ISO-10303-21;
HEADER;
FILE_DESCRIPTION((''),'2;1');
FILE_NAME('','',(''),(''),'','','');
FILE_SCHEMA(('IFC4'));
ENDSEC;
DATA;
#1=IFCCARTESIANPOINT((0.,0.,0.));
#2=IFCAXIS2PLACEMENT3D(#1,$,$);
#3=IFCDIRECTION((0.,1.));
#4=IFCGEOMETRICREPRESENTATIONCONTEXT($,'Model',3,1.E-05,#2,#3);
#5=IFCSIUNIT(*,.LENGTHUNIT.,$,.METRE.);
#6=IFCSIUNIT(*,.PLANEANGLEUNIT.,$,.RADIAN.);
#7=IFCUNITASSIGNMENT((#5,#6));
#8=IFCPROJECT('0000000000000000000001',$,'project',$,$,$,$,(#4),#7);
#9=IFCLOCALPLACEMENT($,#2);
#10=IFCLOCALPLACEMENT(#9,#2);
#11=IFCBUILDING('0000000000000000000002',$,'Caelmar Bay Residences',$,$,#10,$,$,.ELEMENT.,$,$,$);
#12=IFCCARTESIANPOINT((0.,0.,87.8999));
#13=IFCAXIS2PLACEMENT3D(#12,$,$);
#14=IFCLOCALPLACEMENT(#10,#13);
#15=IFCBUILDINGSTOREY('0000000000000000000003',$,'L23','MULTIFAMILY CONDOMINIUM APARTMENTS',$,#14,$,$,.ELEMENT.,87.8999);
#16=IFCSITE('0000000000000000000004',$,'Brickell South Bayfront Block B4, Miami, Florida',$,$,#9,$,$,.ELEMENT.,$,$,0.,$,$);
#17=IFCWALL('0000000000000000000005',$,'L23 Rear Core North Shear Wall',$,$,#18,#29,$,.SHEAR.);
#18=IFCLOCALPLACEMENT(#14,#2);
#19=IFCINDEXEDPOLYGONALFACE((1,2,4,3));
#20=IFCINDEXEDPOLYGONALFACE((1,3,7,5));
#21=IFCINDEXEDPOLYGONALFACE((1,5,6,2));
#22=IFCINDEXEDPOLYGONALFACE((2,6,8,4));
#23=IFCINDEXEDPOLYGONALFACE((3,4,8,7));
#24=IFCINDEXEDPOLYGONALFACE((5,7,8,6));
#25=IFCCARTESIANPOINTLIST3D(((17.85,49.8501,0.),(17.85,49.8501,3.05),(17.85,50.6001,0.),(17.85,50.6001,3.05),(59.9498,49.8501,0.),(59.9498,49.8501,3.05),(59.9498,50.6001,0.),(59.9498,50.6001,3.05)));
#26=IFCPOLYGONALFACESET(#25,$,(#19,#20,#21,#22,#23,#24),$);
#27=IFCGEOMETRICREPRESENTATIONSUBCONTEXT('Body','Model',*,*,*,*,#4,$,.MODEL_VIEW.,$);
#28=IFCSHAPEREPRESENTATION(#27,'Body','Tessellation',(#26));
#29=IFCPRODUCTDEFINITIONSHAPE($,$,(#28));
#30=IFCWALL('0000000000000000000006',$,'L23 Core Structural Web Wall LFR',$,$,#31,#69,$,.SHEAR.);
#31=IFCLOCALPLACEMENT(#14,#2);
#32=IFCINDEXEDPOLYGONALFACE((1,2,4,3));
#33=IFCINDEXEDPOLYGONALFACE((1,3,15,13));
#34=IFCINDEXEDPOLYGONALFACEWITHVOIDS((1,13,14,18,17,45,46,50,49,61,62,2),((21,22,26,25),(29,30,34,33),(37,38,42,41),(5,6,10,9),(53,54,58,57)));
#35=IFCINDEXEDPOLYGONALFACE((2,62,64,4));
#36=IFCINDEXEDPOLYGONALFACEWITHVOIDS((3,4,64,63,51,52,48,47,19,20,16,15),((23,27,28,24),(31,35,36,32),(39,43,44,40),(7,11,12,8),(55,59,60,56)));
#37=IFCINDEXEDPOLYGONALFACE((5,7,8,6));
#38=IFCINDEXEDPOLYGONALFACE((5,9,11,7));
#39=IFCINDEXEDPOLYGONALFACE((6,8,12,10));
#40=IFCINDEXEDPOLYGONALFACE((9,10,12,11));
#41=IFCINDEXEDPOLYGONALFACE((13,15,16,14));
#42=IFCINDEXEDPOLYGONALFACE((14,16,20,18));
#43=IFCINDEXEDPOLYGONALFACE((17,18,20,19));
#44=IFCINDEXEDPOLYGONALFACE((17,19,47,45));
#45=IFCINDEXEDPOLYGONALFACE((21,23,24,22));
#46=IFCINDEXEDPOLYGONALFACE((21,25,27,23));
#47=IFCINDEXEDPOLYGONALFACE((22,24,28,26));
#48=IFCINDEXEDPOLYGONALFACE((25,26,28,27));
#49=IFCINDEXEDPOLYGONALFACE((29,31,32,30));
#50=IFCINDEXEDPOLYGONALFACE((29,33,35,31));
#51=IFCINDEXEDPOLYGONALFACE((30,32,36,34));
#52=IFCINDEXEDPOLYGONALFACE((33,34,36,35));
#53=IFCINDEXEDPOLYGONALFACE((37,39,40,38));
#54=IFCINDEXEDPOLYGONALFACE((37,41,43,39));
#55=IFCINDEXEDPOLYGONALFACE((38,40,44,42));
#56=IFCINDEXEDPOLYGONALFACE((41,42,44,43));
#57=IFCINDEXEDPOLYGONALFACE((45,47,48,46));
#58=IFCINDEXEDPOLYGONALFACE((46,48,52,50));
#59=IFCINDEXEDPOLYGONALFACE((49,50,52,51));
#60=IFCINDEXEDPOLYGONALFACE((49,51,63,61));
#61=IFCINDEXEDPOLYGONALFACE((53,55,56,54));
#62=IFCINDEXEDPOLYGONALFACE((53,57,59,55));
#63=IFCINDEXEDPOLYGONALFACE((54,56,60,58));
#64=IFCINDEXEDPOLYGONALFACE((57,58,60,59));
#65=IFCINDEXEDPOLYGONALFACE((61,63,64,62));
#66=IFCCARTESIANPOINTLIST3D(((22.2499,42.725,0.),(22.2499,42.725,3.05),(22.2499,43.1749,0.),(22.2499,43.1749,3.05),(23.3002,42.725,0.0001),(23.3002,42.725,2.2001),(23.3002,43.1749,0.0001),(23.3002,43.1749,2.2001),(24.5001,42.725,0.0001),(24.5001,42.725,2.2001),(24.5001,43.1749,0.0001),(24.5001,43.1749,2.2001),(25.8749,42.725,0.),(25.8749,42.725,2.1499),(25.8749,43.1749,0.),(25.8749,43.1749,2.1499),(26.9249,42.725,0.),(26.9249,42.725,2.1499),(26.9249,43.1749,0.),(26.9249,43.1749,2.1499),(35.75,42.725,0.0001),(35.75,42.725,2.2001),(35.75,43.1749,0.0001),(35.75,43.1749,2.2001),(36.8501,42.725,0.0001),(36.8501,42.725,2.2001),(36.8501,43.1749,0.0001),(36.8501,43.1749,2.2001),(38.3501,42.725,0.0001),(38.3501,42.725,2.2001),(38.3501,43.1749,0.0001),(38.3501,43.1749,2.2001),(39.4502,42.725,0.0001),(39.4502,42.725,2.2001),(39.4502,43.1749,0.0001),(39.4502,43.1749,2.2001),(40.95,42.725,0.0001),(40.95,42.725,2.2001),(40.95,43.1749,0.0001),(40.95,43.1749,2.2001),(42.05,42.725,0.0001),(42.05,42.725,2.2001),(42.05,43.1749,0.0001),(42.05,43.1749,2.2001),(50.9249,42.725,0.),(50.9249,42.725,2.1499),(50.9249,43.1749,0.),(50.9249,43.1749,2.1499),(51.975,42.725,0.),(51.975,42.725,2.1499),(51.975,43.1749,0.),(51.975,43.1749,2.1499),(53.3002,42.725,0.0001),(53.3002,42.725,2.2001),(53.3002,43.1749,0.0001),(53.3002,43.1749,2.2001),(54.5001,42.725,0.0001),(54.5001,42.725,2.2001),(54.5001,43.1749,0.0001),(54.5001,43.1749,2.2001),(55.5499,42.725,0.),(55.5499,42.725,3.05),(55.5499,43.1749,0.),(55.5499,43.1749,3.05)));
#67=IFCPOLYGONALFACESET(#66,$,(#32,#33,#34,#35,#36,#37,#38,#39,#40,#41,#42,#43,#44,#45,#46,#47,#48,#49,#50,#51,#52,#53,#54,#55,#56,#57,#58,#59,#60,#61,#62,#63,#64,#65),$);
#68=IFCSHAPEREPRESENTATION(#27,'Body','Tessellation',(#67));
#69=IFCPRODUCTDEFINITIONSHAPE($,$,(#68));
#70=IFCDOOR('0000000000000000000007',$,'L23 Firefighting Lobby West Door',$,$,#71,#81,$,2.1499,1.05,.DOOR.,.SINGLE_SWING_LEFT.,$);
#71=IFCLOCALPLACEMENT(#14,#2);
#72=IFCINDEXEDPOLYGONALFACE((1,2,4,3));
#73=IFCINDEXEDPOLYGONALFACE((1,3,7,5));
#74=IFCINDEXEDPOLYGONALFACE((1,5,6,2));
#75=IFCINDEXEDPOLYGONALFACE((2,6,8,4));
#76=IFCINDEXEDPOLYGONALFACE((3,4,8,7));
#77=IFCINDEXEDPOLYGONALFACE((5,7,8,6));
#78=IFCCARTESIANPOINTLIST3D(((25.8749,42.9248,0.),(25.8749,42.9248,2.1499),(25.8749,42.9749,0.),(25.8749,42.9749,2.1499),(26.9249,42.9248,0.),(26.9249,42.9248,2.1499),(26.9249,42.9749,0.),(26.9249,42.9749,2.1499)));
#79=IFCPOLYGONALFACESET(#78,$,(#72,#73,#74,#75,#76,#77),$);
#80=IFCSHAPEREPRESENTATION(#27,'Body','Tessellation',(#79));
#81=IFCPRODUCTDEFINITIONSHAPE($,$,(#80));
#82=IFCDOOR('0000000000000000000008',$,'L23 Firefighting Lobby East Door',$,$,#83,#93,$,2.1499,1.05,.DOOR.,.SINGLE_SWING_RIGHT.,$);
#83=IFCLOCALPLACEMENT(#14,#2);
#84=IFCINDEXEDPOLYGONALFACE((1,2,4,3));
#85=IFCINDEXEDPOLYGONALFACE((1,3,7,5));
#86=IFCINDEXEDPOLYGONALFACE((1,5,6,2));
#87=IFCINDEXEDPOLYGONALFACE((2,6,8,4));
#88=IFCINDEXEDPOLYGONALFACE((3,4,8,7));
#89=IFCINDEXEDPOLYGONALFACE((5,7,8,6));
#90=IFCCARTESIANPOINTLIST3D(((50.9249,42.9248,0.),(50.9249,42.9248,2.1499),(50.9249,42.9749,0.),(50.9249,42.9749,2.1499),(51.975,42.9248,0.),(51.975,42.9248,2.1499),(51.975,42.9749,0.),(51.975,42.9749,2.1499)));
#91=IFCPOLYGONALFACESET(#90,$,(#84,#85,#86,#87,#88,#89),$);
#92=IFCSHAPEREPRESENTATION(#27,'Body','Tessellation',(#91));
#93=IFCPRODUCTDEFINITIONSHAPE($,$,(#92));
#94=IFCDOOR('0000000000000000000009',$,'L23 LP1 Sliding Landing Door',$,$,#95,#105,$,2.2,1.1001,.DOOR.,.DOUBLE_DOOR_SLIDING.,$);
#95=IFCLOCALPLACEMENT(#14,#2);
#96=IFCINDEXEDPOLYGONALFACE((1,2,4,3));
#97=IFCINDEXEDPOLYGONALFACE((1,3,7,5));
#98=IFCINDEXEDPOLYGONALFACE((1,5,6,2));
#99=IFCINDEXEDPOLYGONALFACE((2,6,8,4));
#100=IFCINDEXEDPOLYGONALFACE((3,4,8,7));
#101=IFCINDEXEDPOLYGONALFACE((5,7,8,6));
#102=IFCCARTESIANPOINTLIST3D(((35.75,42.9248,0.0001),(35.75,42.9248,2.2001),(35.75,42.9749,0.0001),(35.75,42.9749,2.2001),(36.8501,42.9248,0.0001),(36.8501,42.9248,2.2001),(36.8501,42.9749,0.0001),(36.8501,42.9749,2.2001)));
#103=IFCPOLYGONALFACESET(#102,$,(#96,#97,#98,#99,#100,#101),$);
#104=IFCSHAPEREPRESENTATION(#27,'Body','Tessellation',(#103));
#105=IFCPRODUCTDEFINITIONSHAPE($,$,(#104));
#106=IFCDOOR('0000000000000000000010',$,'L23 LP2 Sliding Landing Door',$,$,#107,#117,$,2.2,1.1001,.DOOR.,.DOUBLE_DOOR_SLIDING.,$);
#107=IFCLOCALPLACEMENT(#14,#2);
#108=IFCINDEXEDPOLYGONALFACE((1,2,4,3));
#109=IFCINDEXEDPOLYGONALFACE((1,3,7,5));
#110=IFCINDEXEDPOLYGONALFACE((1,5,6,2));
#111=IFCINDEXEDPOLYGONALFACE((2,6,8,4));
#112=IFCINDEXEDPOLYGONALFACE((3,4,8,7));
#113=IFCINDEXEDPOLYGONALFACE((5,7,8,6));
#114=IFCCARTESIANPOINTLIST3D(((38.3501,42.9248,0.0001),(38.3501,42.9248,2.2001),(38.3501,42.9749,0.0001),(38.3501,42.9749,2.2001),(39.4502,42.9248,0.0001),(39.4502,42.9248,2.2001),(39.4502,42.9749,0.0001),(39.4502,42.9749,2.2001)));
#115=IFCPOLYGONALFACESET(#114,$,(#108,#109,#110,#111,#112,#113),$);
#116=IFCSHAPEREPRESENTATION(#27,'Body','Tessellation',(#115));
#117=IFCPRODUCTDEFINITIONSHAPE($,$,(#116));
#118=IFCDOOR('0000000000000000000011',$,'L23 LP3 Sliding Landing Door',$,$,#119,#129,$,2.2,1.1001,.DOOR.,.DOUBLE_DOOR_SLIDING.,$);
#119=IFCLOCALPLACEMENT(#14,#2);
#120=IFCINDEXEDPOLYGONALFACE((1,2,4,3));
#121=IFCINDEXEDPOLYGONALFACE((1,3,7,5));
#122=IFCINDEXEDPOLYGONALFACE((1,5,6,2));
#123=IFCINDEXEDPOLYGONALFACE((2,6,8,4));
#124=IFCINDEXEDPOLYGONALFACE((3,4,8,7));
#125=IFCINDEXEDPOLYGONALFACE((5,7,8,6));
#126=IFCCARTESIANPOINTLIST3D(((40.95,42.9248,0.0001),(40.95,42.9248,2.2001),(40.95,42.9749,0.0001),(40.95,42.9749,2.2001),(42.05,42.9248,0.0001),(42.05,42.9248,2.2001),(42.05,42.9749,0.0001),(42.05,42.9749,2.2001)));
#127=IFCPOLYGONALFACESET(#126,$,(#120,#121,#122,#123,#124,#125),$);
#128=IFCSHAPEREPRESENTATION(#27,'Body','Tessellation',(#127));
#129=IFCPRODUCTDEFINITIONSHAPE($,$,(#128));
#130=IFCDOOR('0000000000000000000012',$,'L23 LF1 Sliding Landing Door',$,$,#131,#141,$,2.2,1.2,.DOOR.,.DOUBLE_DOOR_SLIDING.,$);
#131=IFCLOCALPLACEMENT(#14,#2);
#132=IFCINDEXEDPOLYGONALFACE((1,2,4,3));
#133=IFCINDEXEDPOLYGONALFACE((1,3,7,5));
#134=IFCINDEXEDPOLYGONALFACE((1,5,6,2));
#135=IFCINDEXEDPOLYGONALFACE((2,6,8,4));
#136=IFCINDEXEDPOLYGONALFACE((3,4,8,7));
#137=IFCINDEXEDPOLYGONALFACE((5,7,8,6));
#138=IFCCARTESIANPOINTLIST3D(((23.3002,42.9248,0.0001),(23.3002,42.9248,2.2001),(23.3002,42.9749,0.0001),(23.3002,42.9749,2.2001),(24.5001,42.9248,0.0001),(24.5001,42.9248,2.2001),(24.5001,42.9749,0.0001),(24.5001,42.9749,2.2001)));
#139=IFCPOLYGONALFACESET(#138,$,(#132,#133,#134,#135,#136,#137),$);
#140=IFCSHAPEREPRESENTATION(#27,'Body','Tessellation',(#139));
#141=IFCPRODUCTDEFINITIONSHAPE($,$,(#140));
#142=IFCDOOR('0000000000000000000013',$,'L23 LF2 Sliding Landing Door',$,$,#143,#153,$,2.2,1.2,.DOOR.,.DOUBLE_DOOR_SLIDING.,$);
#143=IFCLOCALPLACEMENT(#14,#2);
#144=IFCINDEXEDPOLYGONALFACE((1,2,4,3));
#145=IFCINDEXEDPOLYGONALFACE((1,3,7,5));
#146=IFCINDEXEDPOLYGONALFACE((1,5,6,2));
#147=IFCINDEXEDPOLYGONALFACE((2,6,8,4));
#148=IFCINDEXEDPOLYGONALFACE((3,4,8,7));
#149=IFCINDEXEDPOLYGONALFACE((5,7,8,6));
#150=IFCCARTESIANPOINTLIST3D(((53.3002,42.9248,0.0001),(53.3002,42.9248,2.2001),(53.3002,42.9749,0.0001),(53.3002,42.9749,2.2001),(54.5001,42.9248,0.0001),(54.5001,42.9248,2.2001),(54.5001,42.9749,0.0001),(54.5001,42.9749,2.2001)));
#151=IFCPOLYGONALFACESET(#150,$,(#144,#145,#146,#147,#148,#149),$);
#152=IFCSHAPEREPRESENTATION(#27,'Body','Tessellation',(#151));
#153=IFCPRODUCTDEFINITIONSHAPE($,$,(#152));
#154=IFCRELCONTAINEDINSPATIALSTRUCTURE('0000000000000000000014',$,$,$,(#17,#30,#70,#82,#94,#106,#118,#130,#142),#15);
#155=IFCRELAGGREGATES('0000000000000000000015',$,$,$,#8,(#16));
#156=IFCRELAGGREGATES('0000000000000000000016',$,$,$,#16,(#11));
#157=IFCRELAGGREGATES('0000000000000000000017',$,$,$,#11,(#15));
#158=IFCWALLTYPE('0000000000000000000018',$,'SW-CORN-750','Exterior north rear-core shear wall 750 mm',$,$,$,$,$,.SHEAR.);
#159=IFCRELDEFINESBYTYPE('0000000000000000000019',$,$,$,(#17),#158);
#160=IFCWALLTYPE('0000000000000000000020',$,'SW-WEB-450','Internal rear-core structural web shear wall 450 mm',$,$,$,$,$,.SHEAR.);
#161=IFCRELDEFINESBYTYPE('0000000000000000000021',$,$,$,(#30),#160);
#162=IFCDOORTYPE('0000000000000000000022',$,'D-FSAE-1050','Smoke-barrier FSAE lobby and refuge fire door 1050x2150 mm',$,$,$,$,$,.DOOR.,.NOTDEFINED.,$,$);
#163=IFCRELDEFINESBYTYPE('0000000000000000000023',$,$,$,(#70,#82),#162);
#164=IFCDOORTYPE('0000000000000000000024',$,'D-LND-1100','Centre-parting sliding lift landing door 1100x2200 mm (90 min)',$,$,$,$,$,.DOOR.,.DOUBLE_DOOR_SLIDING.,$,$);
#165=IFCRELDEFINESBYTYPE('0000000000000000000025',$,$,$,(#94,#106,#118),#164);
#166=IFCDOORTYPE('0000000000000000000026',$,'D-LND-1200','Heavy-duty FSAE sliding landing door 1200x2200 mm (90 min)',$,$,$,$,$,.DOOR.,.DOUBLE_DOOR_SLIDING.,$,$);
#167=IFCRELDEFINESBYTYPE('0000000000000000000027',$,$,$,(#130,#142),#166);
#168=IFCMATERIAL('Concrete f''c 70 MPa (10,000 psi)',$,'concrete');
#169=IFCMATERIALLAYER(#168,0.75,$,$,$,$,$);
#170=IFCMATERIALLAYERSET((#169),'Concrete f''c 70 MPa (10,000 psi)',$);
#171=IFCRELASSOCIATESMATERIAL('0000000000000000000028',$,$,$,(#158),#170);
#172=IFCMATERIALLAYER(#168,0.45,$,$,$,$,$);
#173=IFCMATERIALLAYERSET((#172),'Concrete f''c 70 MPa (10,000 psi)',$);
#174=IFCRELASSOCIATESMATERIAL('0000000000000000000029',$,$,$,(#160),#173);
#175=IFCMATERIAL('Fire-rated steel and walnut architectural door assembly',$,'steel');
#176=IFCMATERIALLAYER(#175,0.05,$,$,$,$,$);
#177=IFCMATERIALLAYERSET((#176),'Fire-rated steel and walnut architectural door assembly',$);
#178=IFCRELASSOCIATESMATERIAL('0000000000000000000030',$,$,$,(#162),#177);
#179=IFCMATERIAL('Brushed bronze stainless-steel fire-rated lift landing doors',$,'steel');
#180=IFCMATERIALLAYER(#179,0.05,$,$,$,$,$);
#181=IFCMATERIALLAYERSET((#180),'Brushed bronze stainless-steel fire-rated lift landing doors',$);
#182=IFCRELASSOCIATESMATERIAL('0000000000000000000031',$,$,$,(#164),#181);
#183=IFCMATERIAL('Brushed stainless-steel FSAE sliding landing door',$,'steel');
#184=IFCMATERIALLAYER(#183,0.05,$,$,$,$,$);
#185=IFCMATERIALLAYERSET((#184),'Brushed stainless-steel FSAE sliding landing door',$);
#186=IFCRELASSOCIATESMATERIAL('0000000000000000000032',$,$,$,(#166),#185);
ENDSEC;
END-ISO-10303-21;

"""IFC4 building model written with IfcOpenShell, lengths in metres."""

from ifc_helpers import new_model, si_unit, direction, frame, frame_2d, origin, place, context, subcontext, project, spatial, rectangle, extrude, material, layer, layer_set, type_object, element, fill, save


model = new_model("IFC4")

# Units and contexts
model_context = context("Model", 3, precision=1e-05, world=origin(), true_north=direction((0.0, 1.0)))
body_context = subcontext(model_context, "Body", "Model", "MODEL_VIEW")
ifc_project = project(units=[si_unit("LENGTHUNIT", "METRE"), si_unit("PLANEANGLEUNIT", "RADIAN")], contexts=[model_context])

# Site, building, storey
site_placement = place(None, origin())
site = spatial("IfcSite", under=ifc_project, at=site_placement, Name="Brickell South Bayfront Block B4, Miami, Florida", CompositionType="ELEMENT", RefElevation=0.0)
building_placement = place(site_placement, origin())
building = spatial("IfcBuilding", under=site, at=building_placement, Name="Caelmar Bay Residences", CompositionType="ELEMENT")
storey_placement = place(building_placement, frame((0.0, 0.0, 87.8999)))
storey = spatial("IfcBuildingStorey", under=building, at=storey_placement, Name="L23", Description="MULTIFAMILY CONDOMINIUM APARTMENTS", CompositionType="ELEMENT", Elevation=87.8999)

# Wall
ifc_material_1 = material(Name="Concrete f'c 70 MPa (10,000 psi)", Category="concrete")
ifc_layer_1 = layer(ifc_material_1, 0.75)
ifc_layer_set_1 = layer_set([ifc_layer_1], Name="Concrete f'c 70 MPa (10,000 psi)")
wall_type_1 = type_object("IfcWallType", Name="SW-CORN-750", Description="Exterior north rear-core shear wall 750 mm", PredefinedType="SHEAR", material=ifc_layer_set_1)
wall_1_placement = place(storey_placement, frame((17.8501, 50.2251, 0.0), z_axis=(0.0, 0.0, 1.0), x_axis=(1.0, 0.0, 0.0)))
element("IfcWall", 1, at=wall_1_placement, inside=storey, type_object=wall_type_1, Name="L23 Rear Core North Shear Wall", PredefinedType="SHEAR", context=body_context, shape_type="SweptSolid", body=[
    extrude(rectangle(XDim=42.0999, YDim=0.75, at=frame_2d((21.0498, 0.0))), origin(), (0.0, 0.0, 1.0), 3.05),
])

# Wall, openings, doors
ifc_layer_2 = layer(ifc_material_1, 0.45)
ifc_layer_set_2 = layer_set([ifc_layer_2], Name="Concrete f'c 70 MPa (10,000 psi)")
wall_type_2 = type_object("IfcWallType", Name="SW-WEB-450", Description="Internal rear-core structural web shear wall 450 mm", PredefinedType="SHEAR", material=ifc_layer_set_2)
wall_2_placement = place(storey_placement, frame((22.25, 42.95, 0.0), z_axis=(0.0, 0.0, 1.0), x_axis=(1.0, 0.0, 0.0)))
wall_2 = element("IfcWall", 2, at=wall_2_placement, inside=storey, type_object=wall_type_2, Name="L23 Core Structural Web Wall LFR", PredefinedType="SHEAR", context=body_context, shape_type="SweptSolid", body=[
    extrude(rectangle(XDim=33.3, YDim=0.45, at=frame_2d((16.6499, 0.0))), origin(), (0.0, 0.0, 1.0), 3.05),
])
opening_1_placement = place(wall_2_placement, frame((1.05, 0.0, 0.0)))
opening_1 = element("IfcOpeningElement", 3, at=opening_1_placement, cuts=wall_2, PredefinedType="OPENING", context=body_context, shape_type="SweptSolid", body=[
    extrude(rectangle(XDim=1.2, YDim=2.2, at=frame_2d((0.6001, 1.1001))), frame((0.0, 0.2349, 0.0), z_axis=(0.0, -1.0, 0.0), x_axis=(1.0, 0.0, 0.0)), (0.0, 0.0, 1.0), 0.47),
])
opening_2_placement = place(wall_2_placement, frame((31.05, 0.0, 0.0)))
opening_2 = element("IfcOpeningElement", 4, at=opening_2_placement, cuts=wall_2, PredefinedType="OPENING", context=body_context, shape_type="SweptSolid", body=[
    extrude(rectangle(XDim=1.2, YDim=2.2, at=frame_2d((0.6001, 1.1001))), frame((0.0, 0.2349, 0.0), z_axis=(0.0, -1.0, 0.0), x_axis=(1.0, 0.0, 0.0)), (0.0, 0.0, 1.0), 0.47),
])
opening_3_placement = place(wall_2_placement, frame((13.5, 0.0, 0.0)))
opening_3 = element("IfcOpeningElement", 5, at=opening_3_placement, cuts=wall_2, PredefinedType="OPENING", context=body_context, shape_type="SweptSolid", body=[
    extrude(rectangle(XDim=1.1001, YDim=2.2, at=frame_2d((0.55, 1.1001))), frame((0.0, 0.2349, 0.0), z_axis=(0.0, -1.0, 0.0), x_axis=(1.0, 0.0, 0.0)), (0.0, 0.0, 1.0), 0.47),
])
opening_4_placement = place(wall_2_placement, frame((16.1001, 0.0, 0.0)))
opening_4 = element("IfcOpeningElement", 6, at=opening_4_placement, cuts=wall_2, PredefinedType="OPENING", context=body_context, shape_type="SweptSolid", body=[
    extrude(rectangle(XDim=1.1001, YDim=2.2, at=frame_2d((0.55, 1.1001))), frame((0.0, 0.2349, 0.0), z_axis=(0.0, -1.0, 0.0), x_axis=(1.0, 0.0, 0.0)), (0.0, 0.0, 1.0), 0.47),
])
opening_5_placement = place(wall_2_placement, frame((18.7, 0.0, 0.0)))
opening_5 = element("IfcOpeningElement", 7, at=opening_5_placement, cuts=wall_2, PredefinedType="OPENING", context=body_context, shape_type="SweptSolid", body=[
    extrude(rectangle(XDim=1.1001, YDim=2.2, at=frame_2d((0.55, 1.1001))), frame((0.0, 0.2349, 0.0), z_axis=(0.0, -1.0, 0.0), x_axis=(1.0, 0.0, 0.0)), (0.0, 0.0, 1.0), 0.47),
])
opening_6_placement = place(wall_2_placement, frame((3.625, 0.0, 0.0)))
opening_6 = element("IfcOpeningElement", 8, at=opening_6_placement, cuts=wall_2, PredefinedType="OPENING", context=body_context, shape_type="SweptSolid", body=[
    extrude(rectangle(XDim=1.05, YDim=2.1499, at=frame_2d((0.5249, 1.075))), frame((0.0, 0.2349, 0.0), z_axis=(0.0, -1.0, 0.0), x_axis=(1.0, 0.0, 0.0)), (0.0, 0.0, 1.0), 0.47),
])
opening_7_placement = place(wall_2_placement, frame((28.675, 0.0, 0.0)))
opening_7 = element("IfcOpeningElement", 9, at=opening_7_placement, cuts=wall_2, PredefinedType="OPENING", context=body_context, shape_type="SweptSolid", body=[
    extrude(rectangle(XDim=1.05, YDim=2.1499, at=frame_2d((0.5249, 1.075))), frame((0.0, 0.2349, 0.0), z_axis=(0.0, -1.0, 0.0), x_axis=(1.0, 0.0, 0.0)), (0.0, 0.0, 1.0), 0.47),
])
ifc_material_2 = material(Name="Fire-rated steel and walnut architectural door assembly", Category="steel")
ifc_layer_3 = layer(ifc_material_2, 0.05)
ifc_layer_set_3 = layer_set([ifc_layer_3], Name="Fire-rated steel and walnut architectural door assembly")
door_type_1 = type_object("IfcDoorType", Name="D-FSAE-1050", Description="Smoke-barrier FSAE lobby and refuge fire door 1050x2150 mm", OperationType="NOTDEFINED", PredefinedType="DOOR", material=ifc_layer_set_3)
door_1_placement = place(opening_6_placement, origin())
door_1 = element("IfcDoor", 10, at=door_1_placement, inside=storey, type_object=door_type_1, Name="L23 Firefighting Lobby West Door", OperationType="SINGLE_SWING_LEFT", OverallHeight=2.1499, OverallWidth=1.05, PredefinedType="DOOR", context=body_context, shape_type="SweptSolid", body=[
    extrude(rectangle(XDim=1.05, YDim=2.1499, at=frame_2d((0.5249, 1.075))), frame((0.0, 0.0249, 0.0), z_axis=(0.0, -1.0, 0.0), x_axis=(1.0, 0.0, 0.0)), (0.0, 0.0, 1.0), 0.05),
])
fill(opening_6, door_1)
door_2_placement = place(opening_7_placement, origin())
door_2 = element("IfcDoor", 11, at=door_2_placement, inside=storey, type_object=door_type_1, Name="L23 Firefighting Lobby East Door", OperationType="SINGLE_SWING_RIGHT", OverallHeight=2.1499, OverallWidth=1.05, PredefinedType="DOOR", context=body_context, shape_type="SweptSolid", body=[
    extrude(rectangle(XDim=1.05, YDim=2.1499, at=frame_2d((0.5249, 1.075))), frame((0.0, 0.0249, 0.0), z_axis=(0.0, -1.0, 0.0), x_axis=(1.0, 0.0, 0.0)), (0.0, 0.0, 1.0), 0.05),
])
fill(opening_7, door_2)
ifc_material_3 = material(Name="Brushed bronze stainless-steel fire-rated lift landing doors", Category="steel")
ifc_layer_4 = layer(ifc_material_3, 0.05)
ifc_layer_set_4 = layer_set([ifc_layer_4], Name="Brushed bronze stainless-steel fire-rated lift landing doors")
door_type_2 = type_object("IfcDoorType", Name="D-LND-1100", Description="Centre-parting sliding lift landing door 1100x2200 mm (90 min)", OperationType="DOUBLE_DOOR_SLIDING", PredefinedType="DOOR", material=ifc_layer_set_4)
door_3_placement = place(opening_3_placement, origin())
door_3 = element("IfcDoor", 12, at=door_3_placement, inside=storey, type_object=door_type_2, Name="L23 LP1 Sliding Landing Door", OperationType="DOUBLE_DOOR_SLIDING", OverallHeight=2.2, OverallWidth=1.1001, PredefinedType="DOOR", context=body_context, shape_type="SweptSolid", body=[
    extrude(rectangle(XDim=1.1001, YDim=2.2, at=frame_2d((0.55, 1.1001))), frame((0.0, 0.0249, 0.0), z_axis=(0.0, -1.0, 0.0), x_axis=(1.0, 0.0, 0.0)), (0.0, 0.0, 1.0), 0.05),
])
fill(opening_3, door_3)
door_4_placement = place(opening_4_placement, origin())
door_4 = element("IfcDoor", 13, at=door_4_placement, inside=storey, type_object=door_type_2, Name="L23 LP2 Sliding Landing Door", OperationType="DOUBLE_DOOR_SLIDING", OverallHeight=2.2, OverallWidth=1.1001, PredefinedType="DOOR", context=body_context, shape_type="SweptSolid", body=[
    extrude(rectangle(XDim=1.1001, YDim=2.2, at=frame_2d((0.55, 1.1001))), frame((0.0, 0.0249, 0.0), z_axis=(0.0, -1.0, 0.0), x_axis=(1.0, 0.0, 0.0)), (0.0, 0.0, 1.0), 0.05),
])
fill(opening_4, door_4)
door_5_placement = place(opening_5_placement, origin())
door_5 = element("IfcDoor", 14, at=door_5_placement, inside=storey, type_object=door_type_2, Name="L23 LP3 Sliding Landing Door", OperationType="DOUBLE_DOOR_SLIDING", OverallHeight=2.2, OverallWidth=1.1001, PredefinedType="DOOR", context=body_context, shape_type="SweptSolid", body=[
    extrude(rectangle(XDim=1.1001, YDim=2.2, at=frame_2d((0.55, 1.1001))), frame((0.0, 0.0249, 0.0), z_axis=(0.0, -1.0, 0.0), x_axis=(1.0, 0.0, 0.0)), (0.0, 0.0, 1.0), 0.05),
])
fill(opening_5, door_5)
ifc_material_4 = material(Name="Brushed stainless-steel FSAE sliding landing door", Category="steel")
ifc_layer_5 = layer(ifc_material_4, 0.05)
ifc_layer_set_5 = layer_set([ifc_layer_5], Name="Brushed stainless-steel FSAE sliding landing door")
door_type_3 = type_object("IfcDoorType", Name="D-LND-1200", Description="Heavy-duty FSAE sliding landing door 1200x2200 mm (90 min)", OperationType="DOUBLE_DOOR_SLIDING", PredefinedType="DOOR", material=ifc_layer_set_5)
door_6_placement = place(opening_1_placement, origin())
door_6 = element("IfcDoor", 15, at=door_6_placement, inside=storey, type_object=door_type_3, Name="L23 LF1 Sliding Landing Door", OperationType="DOUBLE_DOOR_SLIDING", OverallHeight=2.2, OverallWidth=1.2, PredefinedType="DOOR", context=body_context, shape_type="SweptSolid", body=[
    extrude(rectangle(XDim=1.2, YDim=2.2, at=frame_2d((0.6001, 1.1001))), frame((0.0, 0.0249, 0.0), z_axis=(0.0, -1.0, 0.0), x_axis=(1.0, 0.0, 0.0)), (0.0, 0.0, 1.0), 0.05),
])
fill(opening_1, door_6)
door_7_placement = place(opening_2_placement, origin())
door_7 = element("IfcDoor", 16, at=door_7_placement, inside=storey, type_object=door_type_3, Name="L23 LF2 Sliding Landing Door", OperationType="DOUBLE_DOOR_SLIDING", OverallHeight=2.2, OverallWidth=1.2, PredefinedType="DOOR", context=body_context, shape_type="SweptSolid", body=[
    extrude(rectangle(XDim=1.2, YDim=2.2, at=frame_2d((0.6001, 1.1001))), frame((0.0, 0.0249, 0.0), z_axis=(0.0, -1.0, 0.0), x_axis=(1.0, 0.0, 0.0)), (0.0, 0.0, 1.0), 0.05),
])
fill(opening_2, door_7)

save(model, "model.ifc")
